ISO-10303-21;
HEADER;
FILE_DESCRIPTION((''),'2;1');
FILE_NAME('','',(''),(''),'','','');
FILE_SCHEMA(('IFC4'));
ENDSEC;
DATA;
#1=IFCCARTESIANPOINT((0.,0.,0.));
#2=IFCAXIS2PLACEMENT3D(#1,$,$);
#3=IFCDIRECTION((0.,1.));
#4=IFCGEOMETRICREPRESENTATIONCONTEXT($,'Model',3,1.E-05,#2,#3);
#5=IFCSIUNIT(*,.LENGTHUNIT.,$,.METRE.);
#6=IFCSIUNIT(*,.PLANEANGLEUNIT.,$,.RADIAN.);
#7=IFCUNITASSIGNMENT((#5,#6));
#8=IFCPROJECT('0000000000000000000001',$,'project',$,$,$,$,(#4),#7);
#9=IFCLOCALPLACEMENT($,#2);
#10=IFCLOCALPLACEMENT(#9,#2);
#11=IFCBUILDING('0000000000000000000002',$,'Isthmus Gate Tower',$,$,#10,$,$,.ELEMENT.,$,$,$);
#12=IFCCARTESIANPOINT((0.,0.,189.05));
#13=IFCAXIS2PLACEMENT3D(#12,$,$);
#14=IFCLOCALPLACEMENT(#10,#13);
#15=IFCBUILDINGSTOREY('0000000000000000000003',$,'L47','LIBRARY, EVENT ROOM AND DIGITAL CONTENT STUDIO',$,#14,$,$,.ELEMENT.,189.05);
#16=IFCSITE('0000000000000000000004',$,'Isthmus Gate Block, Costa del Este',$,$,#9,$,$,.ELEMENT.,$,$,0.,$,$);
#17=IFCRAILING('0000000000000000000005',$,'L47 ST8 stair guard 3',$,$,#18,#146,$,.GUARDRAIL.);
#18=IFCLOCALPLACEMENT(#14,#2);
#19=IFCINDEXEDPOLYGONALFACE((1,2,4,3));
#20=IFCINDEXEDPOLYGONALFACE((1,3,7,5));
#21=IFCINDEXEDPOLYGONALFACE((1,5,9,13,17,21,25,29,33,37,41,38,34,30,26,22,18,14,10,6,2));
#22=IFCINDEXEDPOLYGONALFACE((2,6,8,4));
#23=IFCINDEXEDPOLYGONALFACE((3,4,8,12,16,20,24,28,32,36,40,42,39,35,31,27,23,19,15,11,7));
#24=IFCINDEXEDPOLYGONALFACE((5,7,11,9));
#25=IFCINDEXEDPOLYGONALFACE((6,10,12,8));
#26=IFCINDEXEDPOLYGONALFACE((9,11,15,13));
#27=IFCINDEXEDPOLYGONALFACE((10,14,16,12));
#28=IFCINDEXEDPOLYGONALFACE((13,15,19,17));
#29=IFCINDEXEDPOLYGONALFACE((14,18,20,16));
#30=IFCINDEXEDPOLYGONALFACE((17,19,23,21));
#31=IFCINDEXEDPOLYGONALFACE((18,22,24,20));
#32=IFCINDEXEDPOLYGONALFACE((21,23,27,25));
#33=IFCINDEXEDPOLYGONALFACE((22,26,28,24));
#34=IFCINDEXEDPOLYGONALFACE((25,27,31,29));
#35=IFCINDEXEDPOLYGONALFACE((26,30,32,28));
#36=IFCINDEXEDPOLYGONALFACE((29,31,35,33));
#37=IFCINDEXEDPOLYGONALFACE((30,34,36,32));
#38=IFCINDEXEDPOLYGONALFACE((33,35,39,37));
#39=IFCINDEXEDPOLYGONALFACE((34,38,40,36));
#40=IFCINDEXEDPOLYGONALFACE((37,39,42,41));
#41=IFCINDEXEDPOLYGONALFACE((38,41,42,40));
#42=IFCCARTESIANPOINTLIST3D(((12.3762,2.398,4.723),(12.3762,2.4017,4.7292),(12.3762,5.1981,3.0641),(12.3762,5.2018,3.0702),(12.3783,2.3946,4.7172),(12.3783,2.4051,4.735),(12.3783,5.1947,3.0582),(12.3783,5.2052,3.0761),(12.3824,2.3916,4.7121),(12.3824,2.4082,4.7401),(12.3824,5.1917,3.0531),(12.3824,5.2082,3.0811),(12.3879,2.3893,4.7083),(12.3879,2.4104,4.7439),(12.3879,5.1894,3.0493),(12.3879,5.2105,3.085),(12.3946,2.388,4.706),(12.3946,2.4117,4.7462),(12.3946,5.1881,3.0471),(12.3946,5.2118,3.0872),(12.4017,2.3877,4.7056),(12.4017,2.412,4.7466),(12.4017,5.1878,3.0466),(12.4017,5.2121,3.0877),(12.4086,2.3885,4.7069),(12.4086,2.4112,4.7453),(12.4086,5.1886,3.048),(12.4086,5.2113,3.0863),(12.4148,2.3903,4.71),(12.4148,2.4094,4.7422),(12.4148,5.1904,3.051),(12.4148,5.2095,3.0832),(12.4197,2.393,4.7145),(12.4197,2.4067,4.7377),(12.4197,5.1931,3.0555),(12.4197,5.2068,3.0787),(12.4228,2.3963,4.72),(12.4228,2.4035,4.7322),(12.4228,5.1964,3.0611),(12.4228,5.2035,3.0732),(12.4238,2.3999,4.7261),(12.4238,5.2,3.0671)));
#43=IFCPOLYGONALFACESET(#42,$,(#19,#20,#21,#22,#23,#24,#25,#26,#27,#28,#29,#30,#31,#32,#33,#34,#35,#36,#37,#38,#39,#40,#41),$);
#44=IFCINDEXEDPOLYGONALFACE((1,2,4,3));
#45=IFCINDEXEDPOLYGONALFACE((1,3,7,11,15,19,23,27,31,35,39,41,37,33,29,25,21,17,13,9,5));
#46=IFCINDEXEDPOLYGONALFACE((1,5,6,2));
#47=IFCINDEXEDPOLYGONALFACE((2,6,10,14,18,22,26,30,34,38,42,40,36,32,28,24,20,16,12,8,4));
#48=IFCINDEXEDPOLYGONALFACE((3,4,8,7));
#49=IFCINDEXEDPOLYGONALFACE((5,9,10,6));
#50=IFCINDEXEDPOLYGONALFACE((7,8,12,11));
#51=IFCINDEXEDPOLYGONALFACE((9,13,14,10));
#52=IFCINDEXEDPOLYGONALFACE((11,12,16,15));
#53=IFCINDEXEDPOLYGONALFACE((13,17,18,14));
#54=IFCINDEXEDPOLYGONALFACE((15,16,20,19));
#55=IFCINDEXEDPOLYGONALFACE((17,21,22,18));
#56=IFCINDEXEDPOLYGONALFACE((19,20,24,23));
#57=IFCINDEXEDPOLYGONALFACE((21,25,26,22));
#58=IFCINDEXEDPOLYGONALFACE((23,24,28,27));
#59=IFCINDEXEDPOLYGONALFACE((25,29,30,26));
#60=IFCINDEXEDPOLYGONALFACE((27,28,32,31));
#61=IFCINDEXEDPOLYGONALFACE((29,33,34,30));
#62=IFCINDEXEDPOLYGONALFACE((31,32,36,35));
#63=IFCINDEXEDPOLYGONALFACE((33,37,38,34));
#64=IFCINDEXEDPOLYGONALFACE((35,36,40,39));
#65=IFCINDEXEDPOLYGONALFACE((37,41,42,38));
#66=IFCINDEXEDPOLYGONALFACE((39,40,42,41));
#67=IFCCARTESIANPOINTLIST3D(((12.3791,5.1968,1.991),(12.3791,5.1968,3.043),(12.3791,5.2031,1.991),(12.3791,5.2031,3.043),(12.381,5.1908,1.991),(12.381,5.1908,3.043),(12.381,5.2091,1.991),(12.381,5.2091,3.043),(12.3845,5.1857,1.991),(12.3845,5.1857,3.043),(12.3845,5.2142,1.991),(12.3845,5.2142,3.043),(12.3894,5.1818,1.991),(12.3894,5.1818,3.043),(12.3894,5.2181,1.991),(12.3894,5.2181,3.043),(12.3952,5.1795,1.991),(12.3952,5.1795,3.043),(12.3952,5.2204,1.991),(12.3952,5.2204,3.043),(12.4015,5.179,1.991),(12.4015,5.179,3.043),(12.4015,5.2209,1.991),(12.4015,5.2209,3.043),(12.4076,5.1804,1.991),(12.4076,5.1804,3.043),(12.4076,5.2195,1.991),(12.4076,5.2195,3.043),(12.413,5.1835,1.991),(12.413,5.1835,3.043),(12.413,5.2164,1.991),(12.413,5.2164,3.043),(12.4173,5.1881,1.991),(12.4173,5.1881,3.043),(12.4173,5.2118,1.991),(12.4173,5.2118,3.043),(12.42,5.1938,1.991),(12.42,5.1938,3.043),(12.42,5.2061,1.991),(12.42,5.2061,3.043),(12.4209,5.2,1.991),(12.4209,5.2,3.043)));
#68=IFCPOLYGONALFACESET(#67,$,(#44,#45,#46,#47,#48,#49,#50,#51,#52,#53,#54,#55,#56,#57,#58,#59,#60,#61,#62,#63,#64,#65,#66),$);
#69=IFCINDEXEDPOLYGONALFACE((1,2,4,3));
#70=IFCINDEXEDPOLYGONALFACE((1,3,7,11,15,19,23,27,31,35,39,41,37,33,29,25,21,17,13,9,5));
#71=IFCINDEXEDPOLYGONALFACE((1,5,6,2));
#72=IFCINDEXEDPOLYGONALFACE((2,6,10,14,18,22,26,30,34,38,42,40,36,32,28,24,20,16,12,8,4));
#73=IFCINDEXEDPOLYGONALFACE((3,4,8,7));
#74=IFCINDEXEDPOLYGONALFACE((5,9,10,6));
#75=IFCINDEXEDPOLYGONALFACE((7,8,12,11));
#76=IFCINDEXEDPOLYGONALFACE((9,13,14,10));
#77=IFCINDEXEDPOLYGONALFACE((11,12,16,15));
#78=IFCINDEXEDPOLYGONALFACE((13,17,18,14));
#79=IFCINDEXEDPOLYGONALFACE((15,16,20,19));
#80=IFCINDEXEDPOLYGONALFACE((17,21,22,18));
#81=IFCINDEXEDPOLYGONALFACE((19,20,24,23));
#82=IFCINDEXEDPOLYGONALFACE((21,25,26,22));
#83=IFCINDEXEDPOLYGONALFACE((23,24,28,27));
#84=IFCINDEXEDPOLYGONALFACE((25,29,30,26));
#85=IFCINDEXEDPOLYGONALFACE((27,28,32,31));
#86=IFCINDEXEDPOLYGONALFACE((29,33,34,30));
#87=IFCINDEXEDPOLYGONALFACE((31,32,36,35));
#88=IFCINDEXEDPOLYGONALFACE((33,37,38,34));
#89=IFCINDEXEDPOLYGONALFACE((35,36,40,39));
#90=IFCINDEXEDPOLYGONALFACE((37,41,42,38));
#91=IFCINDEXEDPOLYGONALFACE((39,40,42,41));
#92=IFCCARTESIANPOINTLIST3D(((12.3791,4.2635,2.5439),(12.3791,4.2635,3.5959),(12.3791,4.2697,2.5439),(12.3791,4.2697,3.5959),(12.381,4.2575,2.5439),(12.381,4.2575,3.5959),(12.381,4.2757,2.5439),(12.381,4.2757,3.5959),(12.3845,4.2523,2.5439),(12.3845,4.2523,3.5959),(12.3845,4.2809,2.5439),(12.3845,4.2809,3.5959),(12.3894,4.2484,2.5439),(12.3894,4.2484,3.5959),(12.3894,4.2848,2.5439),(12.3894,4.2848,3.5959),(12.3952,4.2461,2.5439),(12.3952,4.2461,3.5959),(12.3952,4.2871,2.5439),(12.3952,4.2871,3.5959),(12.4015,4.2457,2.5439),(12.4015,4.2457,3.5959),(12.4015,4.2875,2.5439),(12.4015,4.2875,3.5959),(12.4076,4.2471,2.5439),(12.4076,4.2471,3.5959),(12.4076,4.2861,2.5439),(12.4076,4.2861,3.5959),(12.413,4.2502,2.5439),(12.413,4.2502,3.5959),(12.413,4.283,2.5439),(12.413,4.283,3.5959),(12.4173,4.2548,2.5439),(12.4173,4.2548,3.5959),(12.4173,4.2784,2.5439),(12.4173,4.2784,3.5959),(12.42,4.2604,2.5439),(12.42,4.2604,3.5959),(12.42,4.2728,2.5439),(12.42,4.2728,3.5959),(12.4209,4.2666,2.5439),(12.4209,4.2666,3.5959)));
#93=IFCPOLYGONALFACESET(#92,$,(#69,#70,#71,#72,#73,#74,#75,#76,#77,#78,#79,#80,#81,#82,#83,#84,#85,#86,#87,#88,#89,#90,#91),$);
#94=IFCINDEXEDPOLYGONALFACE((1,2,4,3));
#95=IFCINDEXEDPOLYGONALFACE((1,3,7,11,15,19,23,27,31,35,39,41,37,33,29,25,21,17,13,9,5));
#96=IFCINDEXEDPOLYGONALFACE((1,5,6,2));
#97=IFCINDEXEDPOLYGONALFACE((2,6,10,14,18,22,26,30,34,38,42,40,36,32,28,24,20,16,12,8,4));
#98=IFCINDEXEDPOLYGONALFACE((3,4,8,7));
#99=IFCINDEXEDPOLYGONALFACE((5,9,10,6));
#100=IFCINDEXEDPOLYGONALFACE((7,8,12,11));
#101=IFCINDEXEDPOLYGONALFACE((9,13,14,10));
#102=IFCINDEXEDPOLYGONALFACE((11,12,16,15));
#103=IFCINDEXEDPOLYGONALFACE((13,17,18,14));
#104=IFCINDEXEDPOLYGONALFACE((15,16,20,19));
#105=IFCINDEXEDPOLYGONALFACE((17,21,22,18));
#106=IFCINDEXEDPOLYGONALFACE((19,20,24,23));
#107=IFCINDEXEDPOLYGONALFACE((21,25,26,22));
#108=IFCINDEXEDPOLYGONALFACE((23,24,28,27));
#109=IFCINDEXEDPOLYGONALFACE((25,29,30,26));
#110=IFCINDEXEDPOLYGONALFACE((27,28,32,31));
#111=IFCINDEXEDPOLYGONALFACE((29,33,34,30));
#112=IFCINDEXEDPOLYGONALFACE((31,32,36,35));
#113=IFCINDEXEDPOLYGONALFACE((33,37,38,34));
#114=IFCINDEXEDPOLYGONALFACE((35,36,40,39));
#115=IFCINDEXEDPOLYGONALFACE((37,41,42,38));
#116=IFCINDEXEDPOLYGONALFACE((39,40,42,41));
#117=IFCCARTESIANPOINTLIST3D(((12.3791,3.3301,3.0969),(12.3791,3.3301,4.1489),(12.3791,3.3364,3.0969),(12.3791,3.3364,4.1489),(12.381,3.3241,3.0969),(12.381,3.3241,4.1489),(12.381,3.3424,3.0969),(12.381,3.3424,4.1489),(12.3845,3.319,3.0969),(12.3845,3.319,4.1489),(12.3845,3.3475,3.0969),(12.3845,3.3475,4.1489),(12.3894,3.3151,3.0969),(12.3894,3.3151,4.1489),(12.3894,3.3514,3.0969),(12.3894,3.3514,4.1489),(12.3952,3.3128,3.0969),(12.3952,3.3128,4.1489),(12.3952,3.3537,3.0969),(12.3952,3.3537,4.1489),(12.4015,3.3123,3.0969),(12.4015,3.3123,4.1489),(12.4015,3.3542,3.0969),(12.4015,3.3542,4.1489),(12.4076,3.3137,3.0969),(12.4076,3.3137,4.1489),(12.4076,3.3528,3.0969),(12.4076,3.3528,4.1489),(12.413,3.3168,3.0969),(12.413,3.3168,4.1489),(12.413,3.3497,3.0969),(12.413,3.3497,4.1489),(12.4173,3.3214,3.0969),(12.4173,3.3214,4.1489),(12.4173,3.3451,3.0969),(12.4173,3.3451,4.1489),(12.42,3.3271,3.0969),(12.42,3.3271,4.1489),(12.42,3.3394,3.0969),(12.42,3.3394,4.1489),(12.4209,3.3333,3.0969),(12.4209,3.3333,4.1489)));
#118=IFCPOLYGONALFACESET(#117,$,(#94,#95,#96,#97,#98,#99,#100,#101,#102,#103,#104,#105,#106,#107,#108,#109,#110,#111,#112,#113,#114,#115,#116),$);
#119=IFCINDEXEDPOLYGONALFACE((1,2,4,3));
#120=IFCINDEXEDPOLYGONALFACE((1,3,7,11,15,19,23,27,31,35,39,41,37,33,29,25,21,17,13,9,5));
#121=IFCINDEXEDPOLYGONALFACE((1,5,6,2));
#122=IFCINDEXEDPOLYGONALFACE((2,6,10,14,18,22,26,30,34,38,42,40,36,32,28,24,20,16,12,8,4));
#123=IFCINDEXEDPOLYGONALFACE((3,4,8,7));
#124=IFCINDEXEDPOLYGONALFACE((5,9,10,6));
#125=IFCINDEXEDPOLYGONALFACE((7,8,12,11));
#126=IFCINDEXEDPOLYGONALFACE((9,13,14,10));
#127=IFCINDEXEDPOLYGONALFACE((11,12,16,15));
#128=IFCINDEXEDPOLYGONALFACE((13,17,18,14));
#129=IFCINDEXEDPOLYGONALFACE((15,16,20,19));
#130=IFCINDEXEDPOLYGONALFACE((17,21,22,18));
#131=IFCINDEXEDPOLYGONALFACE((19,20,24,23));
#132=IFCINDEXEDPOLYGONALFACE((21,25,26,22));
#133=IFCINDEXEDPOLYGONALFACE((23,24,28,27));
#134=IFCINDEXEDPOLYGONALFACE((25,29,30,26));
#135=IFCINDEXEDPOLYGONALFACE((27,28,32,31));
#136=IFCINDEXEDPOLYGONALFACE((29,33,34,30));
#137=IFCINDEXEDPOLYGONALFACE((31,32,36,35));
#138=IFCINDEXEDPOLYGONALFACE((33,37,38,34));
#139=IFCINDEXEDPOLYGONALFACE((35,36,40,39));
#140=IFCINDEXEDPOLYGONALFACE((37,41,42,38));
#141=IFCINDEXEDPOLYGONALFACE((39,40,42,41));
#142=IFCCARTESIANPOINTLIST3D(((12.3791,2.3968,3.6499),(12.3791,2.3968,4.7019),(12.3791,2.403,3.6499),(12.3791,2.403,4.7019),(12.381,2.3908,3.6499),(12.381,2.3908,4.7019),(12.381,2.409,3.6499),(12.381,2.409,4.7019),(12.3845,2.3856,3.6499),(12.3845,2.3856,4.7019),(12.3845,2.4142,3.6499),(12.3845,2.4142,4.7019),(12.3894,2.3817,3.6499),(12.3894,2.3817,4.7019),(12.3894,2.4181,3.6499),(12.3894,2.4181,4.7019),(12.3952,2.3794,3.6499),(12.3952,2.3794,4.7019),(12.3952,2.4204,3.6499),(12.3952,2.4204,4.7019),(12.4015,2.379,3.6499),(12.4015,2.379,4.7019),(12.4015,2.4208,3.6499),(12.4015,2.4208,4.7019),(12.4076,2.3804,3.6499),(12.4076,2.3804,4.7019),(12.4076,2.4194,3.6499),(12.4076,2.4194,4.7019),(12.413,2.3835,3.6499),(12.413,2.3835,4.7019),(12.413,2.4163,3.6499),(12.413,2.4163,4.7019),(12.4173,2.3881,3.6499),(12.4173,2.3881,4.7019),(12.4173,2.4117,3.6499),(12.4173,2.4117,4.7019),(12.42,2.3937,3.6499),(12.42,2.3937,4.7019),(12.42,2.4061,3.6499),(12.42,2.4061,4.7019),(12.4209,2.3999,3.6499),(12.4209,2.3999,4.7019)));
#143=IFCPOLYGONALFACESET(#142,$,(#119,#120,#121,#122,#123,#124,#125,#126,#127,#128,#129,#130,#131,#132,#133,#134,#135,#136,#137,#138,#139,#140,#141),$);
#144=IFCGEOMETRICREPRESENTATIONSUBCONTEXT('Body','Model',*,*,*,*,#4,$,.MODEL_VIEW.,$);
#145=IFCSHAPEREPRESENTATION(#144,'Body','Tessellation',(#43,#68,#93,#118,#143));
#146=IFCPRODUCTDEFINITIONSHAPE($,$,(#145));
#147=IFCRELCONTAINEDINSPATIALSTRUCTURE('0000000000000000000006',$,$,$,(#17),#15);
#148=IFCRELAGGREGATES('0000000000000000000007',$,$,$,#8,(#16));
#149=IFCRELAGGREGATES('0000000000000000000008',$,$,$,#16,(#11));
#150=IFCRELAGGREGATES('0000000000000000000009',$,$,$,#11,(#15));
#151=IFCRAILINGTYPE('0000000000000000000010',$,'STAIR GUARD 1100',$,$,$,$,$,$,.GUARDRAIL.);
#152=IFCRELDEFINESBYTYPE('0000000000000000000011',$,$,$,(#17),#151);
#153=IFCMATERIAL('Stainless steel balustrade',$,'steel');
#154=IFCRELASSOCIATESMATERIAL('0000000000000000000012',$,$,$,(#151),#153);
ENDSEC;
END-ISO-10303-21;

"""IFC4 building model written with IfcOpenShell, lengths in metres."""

from ifc_helpers import new_model, si_unit, direction, frame, origin, origin_2d, place, context, subcontext, project, spatial, circle, extrude, material, type_object, element, save


model = new_model("IFC4")

# Units and contexts
model_context = context("Model", 3, precision=1e-05, world=origin(), true_north=direction((0.0, 1.0)))
body_context = subcontext(model_context, "Body", "Model", "MODEL_VIEW")
ifc_project = project(units=[si_unit("LENGTHUNIT", "METRE"), si_unit("PLANEANGLEUNIT", "RADIAN")], contexts=[model_context])

# Site, building, storey
site_placement = place(None, origin())
site = spatial("IfcSite", under=ifc_project, at=site_placement, Name="Isthmus Gate Block, Costa del Este", CompositionType="ELEMENT", RefElevation=0.0)
building_placement = place(site_placement, origin())
building = spatial("IfcBuilding", under=site, at=building_placement, Name="Isthmus Gate Tower", CompositionType="ELEMENT")
storey_placement = place(building_placement, frame((0.0, 0.0, 189.05)))
storey = spatial("IfcBuildingStorey", under=building, at=storey_placement, Name="L47", Description="LIBRARY, EVENT ROOM AND DIGITAL CONTENT STUDIO", CompositionType="ELEMENT", Elevation=189.05)

# Railing
ifc_material_1 = material(Name="Stainless steel balustrade", Category="steel")
railing_type_1 = type_object("IfcRailingType", Name="STAIR GUARD 1100", PredefinedType="GUARDRAIL", material=ifc_material_1)
railing_1_placement = place(storey_placement, frame((12.3999, 5.2, 1.991)))
element("IfcRailing", 1, at=railing_1_placement, inside=storey, type_object=railing_type_1, Name="L47 ST8 stair guard 3", PredefinedType="GUARDRAIL", context=body_context, shape_type="SweptSolid", body=[
    extrude(circle(Radius=0.0239, at=origin_2d()), frame((0.0, 0.0, 1.0762), z_axis=(0.0, -0.860339, 0.509722), x_axis=(1.0, 0.0, 0.0)), (0.0, 0.0, 1.0), 3.2546),
    extrude(circle(Radius=0.021, at=origin_2d()), origin(), (0.0, 0.0, 1.0), 1.052),
    extrude(circle(Radius=0.021, at=origin_2d()), frame((0.0, -0.9333, 0.553)), (0.0, 0.0, 1.0), 1.052),
    extrude(circle(Radius=0.021, at=origin_2d()), frame((0.0, -1.8667, 1.106)), (0.0, 0.0, 1.0), 1.052),
    extrude(circle(Radius=0.021, at=origin_2d()), frame((0.0, -2.8, 1.6589)), (0.0, 0.0, 1.0), 1.052),
])

save(model, "model.ifc")
